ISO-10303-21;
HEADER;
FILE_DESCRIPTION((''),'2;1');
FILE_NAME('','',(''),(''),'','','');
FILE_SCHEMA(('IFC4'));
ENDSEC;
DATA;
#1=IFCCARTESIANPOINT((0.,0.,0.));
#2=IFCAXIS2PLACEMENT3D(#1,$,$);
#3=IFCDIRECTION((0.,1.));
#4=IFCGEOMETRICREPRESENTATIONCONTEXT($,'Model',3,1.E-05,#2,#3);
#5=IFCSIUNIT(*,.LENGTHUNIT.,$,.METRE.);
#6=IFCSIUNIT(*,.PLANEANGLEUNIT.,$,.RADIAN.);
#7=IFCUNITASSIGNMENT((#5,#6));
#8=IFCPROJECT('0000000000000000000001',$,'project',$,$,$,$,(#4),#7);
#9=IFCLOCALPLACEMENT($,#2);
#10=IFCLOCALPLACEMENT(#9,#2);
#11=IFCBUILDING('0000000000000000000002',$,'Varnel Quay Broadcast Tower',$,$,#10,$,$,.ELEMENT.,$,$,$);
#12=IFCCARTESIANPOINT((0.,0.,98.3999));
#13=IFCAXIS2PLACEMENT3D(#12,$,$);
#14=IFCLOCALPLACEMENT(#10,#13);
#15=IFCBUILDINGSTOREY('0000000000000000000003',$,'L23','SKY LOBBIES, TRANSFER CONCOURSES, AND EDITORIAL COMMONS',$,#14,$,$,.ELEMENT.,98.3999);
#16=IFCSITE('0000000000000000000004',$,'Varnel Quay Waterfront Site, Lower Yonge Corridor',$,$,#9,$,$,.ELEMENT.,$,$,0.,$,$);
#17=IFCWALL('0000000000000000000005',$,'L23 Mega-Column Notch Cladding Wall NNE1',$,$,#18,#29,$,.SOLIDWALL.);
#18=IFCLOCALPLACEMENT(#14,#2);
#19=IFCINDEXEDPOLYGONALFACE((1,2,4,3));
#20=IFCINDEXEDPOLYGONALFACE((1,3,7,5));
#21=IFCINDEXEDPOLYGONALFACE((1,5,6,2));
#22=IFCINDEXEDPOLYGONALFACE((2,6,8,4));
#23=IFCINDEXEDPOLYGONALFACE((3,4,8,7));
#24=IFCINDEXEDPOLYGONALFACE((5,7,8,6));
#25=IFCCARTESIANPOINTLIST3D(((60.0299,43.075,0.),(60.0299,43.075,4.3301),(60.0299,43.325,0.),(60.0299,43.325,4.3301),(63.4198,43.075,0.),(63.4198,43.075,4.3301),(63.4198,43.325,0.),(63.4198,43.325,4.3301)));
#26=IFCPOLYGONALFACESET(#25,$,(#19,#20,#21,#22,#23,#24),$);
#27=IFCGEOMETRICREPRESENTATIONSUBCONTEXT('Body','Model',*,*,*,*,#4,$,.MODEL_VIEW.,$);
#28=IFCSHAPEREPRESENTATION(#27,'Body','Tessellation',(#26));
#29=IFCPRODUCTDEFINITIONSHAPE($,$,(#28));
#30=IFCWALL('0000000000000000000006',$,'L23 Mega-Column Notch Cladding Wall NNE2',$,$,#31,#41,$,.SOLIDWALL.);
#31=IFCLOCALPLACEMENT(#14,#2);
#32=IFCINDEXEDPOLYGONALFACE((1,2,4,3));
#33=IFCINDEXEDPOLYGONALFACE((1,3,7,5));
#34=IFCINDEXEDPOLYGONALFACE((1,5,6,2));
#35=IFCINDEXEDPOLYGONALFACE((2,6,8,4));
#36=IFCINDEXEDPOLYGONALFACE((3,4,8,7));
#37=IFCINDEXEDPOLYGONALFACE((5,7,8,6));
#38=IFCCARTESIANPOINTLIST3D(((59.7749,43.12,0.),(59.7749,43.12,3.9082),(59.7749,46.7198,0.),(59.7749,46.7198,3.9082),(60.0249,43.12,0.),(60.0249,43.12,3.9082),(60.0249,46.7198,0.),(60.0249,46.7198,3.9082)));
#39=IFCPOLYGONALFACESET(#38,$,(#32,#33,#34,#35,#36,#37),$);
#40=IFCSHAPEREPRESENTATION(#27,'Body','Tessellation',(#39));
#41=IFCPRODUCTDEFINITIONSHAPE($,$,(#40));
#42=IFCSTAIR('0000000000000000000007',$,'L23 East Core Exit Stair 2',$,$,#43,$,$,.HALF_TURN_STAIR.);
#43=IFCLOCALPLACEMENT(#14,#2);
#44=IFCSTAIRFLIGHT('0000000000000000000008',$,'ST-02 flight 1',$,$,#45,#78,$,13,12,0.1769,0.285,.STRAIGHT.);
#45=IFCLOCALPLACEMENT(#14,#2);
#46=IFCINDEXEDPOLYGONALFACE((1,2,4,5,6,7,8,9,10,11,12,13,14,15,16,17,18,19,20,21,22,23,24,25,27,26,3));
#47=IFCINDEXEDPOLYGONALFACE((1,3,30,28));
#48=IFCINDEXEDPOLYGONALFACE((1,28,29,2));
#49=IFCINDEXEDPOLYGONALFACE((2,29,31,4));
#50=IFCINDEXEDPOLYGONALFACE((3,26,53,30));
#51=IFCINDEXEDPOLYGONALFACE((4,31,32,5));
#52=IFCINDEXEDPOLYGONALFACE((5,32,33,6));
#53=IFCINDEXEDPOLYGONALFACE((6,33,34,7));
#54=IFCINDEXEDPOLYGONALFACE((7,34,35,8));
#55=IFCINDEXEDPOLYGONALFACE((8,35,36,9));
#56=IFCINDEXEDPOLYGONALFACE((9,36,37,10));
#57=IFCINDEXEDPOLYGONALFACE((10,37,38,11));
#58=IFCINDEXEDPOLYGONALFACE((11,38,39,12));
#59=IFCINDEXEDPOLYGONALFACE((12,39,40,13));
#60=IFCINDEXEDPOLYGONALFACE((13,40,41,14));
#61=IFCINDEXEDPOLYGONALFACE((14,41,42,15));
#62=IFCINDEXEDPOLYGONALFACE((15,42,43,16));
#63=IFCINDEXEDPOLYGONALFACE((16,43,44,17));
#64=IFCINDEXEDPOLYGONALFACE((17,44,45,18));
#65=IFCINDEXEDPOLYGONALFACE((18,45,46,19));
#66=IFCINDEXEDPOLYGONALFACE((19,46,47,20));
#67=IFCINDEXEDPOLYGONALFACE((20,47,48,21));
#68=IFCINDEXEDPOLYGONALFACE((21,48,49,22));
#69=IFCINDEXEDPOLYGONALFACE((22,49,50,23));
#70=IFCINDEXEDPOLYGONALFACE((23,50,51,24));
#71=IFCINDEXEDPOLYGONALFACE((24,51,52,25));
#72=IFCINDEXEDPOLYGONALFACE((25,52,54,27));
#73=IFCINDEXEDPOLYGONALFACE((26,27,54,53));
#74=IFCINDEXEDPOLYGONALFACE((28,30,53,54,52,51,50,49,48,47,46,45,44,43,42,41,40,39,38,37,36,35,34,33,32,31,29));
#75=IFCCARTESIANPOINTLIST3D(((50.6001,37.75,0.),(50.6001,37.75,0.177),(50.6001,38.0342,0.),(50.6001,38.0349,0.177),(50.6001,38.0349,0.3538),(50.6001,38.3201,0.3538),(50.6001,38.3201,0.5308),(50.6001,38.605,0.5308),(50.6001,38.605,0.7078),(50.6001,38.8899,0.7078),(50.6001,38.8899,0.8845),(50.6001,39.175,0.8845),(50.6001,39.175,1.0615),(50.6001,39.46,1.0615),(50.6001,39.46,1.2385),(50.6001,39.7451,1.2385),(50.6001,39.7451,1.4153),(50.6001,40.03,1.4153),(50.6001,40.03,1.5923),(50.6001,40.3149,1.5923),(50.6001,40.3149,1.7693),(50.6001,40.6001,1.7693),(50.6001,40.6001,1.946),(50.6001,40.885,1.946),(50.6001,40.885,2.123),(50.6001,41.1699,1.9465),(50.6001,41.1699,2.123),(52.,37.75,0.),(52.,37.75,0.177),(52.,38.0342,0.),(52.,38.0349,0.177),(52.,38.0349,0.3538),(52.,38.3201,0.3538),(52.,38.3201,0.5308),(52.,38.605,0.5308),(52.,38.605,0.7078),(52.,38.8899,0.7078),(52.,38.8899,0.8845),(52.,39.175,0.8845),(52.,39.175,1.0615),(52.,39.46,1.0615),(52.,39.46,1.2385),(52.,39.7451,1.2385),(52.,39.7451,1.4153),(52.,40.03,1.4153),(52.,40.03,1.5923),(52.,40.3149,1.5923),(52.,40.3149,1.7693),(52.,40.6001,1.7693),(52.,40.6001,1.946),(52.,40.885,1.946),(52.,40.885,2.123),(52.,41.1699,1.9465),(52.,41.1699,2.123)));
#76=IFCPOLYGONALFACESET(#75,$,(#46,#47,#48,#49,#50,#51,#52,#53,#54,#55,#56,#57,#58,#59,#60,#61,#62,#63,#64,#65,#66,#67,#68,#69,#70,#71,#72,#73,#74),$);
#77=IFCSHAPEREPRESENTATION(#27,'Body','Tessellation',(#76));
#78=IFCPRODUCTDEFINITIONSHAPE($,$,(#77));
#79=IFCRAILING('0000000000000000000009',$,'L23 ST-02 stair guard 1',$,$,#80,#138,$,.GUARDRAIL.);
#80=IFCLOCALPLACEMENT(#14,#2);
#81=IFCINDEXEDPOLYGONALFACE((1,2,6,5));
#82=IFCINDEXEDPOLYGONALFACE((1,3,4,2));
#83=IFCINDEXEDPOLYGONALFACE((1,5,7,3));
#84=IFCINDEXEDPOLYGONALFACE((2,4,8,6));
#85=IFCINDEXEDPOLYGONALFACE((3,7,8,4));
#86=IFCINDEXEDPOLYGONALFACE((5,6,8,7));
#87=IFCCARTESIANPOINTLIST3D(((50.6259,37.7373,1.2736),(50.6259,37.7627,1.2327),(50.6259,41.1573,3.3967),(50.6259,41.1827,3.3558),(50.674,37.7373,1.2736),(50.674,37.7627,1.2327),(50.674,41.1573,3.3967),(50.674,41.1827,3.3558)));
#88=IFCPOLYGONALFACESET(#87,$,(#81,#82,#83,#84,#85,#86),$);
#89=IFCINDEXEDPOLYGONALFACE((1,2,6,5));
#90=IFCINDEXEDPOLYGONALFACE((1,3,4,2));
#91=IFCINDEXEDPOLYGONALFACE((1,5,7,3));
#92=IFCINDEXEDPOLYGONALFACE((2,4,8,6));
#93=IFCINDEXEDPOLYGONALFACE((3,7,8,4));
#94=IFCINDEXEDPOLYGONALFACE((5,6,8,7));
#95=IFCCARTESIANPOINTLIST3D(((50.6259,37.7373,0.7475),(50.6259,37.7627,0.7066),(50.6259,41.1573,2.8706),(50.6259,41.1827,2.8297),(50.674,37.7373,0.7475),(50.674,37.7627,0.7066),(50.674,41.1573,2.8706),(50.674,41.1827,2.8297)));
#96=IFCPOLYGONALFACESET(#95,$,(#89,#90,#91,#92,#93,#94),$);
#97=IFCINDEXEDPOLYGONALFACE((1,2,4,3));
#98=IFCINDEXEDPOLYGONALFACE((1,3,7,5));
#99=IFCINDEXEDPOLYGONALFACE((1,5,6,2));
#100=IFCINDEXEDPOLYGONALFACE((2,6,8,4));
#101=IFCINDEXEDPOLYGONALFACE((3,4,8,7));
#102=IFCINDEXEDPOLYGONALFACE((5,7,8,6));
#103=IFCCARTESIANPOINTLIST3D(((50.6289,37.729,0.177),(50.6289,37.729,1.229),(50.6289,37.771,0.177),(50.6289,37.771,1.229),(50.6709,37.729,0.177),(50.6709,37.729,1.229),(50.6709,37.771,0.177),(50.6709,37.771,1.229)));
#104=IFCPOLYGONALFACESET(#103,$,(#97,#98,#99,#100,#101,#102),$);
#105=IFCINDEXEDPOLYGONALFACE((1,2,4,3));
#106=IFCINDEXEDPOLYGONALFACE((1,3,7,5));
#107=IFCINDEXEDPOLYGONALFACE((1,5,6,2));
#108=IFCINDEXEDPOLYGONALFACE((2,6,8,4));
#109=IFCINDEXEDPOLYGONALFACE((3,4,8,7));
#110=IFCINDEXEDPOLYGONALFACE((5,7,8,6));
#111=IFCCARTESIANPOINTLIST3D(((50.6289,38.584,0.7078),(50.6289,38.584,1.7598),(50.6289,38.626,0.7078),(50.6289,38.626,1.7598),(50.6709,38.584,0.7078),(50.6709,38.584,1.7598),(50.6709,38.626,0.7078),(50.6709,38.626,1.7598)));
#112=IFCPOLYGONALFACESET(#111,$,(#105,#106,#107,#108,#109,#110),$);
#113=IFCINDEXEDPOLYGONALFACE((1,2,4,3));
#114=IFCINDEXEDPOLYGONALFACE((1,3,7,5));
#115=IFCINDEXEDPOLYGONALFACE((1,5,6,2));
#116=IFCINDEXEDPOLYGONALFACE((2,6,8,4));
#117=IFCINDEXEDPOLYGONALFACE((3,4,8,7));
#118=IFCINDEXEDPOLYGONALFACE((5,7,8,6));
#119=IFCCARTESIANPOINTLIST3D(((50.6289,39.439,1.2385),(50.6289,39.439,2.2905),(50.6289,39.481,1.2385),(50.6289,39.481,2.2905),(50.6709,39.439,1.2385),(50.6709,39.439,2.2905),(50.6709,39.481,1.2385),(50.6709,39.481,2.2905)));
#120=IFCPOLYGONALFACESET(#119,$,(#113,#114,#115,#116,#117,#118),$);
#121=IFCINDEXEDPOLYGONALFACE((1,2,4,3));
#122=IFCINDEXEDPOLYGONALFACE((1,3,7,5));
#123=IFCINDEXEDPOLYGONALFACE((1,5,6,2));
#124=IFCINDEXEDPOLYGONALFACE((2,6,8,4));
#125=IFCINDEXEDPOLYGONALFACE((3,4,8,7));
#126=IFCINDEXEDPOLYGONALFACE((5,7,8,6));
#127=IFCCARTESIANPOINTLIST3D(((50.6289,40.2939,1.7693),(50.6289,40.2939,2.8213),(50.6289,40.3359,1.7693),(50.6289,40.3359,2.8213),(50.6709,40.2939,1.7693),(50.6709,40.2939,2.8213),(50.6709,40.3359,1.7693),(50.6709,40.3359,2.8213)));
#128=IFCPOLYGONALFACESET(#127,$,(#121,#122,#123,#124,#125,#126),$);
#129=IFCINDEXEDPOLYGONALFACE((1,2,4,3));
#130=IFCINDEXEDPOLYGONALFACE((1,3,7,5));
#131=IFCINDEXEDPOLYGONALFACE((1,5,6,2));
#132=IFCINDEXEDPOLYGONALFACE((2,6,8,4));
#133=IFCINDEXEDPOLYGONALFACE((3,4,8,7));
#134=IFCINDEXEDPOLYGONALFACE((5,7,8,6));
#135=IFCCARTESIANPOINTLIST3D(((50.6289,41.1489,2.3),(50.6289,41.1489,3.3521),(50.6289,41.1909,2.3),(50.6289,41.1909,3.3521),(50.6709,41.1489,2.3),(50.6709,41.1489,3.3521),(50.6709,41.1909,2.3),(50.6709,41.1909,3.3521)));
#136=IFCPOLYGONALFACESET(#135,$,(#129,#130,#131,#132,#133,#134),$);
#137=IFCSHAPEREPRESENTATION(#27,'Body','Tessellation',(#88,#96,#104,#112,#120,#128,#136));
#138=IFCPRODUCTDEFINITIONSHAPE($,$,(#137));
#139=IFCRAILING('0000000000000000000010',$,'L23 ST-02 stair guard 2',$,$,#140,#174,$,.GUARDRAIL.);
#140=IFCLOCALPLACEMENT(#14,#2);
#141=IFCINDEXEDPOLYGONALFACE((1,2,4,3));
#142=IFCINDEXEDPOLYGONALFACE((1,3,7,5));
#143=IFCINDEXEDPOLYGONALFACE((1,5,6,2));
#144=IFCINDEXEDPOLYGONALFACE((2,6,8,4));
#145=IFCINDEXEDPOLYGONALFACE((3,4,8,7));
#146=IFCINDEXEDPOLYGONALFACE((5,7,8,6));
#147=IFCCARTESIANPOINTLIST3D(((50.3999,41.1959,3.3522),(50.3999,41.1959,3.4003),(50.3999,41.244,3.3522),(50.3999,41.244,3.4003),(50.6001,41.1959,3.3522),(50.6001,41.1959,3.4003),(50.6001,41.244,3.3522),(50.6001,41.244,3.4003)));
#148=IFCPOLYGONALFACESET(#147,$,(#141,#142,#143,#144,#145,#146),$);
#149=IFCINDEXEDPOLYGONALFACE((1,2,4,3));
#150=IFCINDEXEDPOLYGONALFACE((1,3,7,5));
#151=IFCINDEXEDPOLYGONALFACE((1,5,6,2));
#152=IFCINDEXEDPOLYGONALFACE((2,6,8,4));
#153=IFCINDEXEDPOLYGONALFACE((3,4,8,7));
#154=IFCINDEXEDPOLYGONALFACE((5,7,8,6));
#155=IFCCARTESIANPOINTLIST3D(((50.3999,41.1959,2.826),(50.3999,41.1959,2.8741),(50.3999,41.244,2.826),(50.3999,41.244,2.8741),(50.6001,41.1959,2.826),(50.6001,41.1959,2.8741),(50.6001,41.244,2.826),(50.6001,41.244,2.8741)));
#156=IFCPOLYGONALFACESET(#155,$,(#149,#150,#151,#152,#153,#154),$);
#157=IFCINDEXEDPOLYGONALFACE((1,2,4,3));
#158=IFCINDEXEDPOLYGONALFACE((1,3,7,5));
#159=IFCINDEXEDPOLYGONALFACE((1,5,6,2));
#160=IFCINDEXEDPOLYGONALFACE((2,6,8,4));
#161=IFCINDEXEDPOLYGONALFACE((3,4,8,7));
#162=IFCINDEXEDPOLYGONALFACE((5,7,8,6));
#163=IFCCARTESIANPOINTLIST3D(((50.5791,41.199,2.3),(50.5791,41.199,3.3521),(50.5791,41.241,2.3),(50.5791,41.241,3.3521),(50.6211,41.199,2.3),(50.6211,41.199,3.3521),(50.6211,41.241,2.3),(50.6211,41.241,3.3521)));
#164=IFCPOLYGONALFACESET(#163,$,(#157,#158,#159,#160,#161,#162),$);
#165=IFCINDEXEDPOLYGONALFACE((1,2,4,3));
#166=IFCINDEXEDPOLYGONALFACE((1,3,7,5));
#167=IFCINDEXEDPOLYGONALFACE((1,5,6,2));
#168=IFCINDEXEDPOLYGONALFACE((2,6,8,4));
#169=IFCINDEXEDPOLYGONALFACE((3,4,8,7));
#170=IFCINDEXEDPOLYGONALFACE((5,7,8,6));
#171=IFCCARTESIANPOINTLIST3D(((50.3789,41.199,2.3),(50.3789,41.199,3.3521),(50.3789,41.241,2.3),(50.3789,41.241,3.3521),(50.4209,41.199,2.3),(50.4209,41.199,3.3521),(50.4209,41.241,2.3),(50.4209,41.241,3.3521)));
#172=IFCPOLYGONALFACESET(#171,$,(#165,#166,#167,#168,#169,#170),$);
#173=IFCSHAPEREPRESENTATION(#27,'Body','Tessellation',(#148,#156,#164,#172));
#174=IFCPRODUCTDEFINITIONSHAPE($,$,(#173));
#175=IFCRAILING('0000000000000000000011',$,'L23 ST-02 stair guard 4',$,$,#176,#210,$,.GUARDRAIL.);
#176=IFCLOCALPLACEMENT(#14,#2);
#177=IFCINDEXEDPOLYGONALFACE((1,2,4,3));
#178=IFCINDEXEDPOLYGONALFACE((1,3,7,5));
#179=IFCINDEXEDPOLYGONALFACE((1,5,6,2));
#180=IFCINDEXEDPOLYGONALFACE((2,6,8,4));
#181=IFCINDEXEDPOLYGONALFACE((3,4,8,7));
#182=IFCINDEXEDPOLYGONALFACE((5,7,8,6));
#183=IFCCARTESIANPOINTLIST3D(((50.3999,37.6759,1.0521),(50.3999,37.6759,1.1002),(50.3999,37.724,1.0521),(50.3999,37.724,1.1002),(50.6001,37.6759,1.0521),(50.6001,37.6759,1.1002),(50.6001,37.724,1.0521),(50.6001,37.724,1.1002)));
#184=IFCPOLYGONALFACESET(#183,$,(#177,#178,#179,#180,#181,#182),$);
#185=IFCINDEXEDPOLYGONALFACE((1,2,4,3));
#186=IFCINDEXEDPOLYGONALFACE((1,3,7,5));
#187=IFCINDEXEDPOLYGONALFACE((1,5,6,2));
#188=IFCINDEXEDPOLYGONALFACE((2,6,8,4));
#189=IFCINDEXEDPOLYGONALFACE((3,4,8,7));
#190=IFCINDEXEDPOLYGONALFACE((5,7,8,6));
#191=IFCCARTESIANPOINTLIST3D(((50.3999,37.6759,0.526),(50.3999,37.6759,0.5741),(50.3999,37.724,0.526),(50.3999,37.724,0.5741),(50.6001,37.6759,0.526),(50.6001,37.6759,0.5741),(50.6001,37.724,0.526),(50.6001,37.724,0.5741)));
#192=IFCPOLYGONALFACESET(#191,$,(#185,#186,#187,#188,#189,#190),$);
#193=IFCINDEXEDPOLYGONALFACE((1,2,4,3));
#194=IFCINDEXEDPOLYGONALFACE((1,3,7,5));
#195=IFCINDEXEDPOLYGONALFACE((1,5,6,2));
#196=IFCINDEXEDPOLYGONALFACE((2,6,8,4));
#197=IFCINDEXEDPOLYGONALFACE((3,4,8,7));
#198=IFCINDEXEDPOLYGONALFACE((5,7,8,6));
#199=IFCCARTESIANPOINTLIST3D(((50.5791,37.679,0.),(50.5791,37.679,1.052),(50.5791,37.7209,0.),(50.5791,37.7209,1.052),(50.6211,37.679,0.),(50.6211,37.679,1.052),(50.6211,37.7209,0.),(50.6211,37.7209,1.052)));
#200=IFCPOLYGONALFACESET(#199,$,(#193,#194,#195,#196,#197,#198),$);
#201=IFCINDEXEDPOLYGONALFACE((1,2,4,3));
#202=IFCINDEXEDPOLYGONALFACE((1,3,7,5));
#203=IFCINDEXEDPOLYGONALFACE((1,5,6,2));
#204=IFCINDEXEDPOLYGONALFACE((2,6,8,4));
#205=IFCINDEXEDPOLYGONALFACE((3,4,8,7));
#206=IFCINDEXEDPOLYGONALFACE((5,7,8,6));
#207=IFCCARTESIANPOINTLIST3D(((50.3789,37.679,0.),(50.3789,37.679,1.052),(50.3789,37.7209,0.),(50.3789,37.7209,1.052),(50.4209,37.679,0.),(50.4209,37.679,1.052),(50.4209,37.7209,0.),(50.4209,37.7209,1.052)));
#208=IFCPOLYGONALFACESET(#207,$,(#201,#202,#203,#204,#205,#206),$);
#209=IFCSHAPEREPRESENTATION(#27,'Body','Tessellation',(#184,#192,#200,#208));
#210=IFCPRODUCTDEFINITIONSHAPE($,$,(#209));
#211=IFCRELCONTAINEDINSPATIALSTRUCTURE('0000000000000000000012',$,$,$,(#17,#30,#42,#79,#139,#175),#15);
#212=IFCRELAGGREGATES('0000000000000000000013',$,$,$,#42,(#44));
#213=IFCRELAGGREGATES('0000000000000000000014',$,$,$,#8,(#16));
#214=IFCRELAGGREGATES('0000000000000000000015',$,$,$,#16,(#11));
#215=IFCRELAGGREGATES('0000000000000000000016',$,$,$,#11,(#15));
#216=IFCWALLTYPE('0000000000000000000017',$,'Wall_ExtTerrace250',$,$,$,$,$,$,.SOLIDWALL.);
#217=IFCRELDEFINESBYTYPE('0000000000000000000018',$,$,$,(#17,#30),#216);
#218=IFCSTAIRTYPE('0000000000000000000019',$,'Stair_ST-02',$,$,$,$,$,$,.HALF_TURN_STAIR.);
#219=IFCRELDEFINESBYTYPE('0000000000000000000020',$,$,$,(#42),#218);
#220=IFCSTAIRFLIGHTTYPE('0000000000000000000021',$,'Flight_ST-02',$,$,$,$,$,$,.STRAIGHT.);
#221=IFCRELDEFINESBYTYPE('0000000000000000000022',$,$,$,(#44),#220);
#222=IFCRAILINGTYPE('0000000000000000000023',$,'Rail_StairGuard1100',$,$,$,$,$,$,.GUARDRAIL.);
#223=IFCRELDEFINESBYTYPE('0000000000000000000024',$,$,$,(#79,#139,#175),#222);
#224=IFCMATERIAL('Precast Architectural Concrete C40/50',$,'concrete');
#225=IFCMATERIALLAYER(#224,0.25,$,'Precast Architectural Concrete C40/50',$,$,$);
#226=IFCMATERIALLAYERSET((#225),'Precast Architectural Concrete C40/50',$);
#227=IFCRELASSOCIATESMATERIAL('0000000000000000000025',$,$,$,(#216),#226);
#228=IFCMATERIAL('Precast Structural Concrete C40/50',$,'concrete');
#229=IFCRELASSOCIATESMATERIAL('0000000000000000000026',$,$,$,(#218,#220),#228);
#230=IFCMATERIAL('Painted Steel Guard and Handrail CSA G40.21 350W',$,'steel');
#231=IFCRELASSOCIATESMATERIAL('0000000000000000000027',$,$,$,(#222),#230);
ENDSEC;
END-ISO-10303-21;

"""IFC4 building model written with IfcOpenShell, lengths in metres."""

from ifc_helpers import new_model, si_unit, direction, frame, frame_2d, origin, origin_2d, place, context, subcontext, project, spatial, polyline, rectangle, outline, extrude, material, layer, layer_set, type_object, element, aggregate, save


model = new_model("IFC4")

# Units and contexts
model_context = context("Model", 3, precision=1e-05, world=origin(), true_north=direction((0.0, 1.0)))
body_context = subcontext(model_context, "Body", "Model", "MODEL_VIEW")
ifc_project = project(units=[si_unit("LENGTHUNIT", "METRE"), si_unit("PLANEANGLEUNIT", "RADIAN")], contexts=[model_context])

# Site, building, storey
site_placement = place(None, origin())
site = spatial("IfcSite", under=ifc_project, at=site_placement, Name="Varnel Quay Waterfront Site, Lower Yonge Corridor", CompositionType="ELEMENT", RefElevation=0.0)
building_placement = place(site_placement, origin())
building = spatial("IfcBuilding", under=site, at=building_placement, Name="Varnel Quay Broadcast Tower", CompositionType="ELEMENT")
storey_placement = place(building_placement, frame((0.0, 0.0, 98.3999)))
storey = spatial("IfcBuildingStorey", under=building, at=storey_placement, Name="L23", Description="SKY LOBBIES, TRANSFER CONCOURSES, AND EDITORIAL COMMONS", CompositionType="ELEMENT", Elevation=98.3999)

# Walls
ifc_material_1 = material(Name="Precast Architectural Concrete C40/50", Category="concrete")
ifc_layer_1 = layer(ifc_material_1, 0.25, Name="Precast Architectural Concrete C40/50")
ifc_layer_set_1 = layer_set([ifc_layer_1], Name="Precast Architectural Concrete C40/50")
wall_type_1 = type_object("IfcWallType", Name="Wall_ExtTerrace250", PredefinedType="SOLIDWALL", material=ifc_layer_set_1)
wall_1_placement = place(storey_placement, frame((60.03, 43.2, 0.0), z_axis=(0.0, 0.0, 1.0), x_axis=(1.0, 0.0, 0.0)))
element("IfcWall", 1, at=wall_1_placement, inside=storey, type_object=wall_type_1, Name="L23 Mega-Column Notch Cladding Wall NNE1", PredefinedType="SOLIDWALL", context=body_context, shape_type="SweptSolid", body=[
    extrude(rectangle(XDim=3.3899, YDim=0.25, at=frame_2d((1.6948, 0.0))), origin(), (0.0, 0.0, 1.0), 4.3301),
])
wall_2_placement = place(storey_placement, frame((59.8999, 43.1201, 0.0), z_axis=(0.0, 0.0, 1.0), x_axis=(0.0, 1.0, 0.0)))
element("IfcWall", 2, at=wall_2_placement, inside=storey, type_object=wall_type_1, Name="L23 Mega-Column Notch Cladding Wall NNE2", PredefinedType="SOLIDWALL", context=body_context, shape_type="SweptSolid", body=[
    extrude(rectangle(XDim=3.5999, YDim=0.25, at=frame_2d((1.7998, 0.0))), origin(), (0.0, 0.0, 1.0), 3.9082),
])

# Stair, stair flight
ifc_material_2 = material(Name="Precast Structural Concrete C40/50", Category="concrete")
stair_type = type_object("IfcStairType", Name="Stair_ST-02", PredefinedType="HALF_TURN_STAIR", material=ifc_material_2)
stair_placement = place(storey_placement, origin())
stair = element("IfcStair", 3, at=stair_placement, inside=storey, type_object=stair_type, Name="L23 East Core Exit Stair 2", PredefinedType="HALF_TURN_STAIR")
stair_flight_type = type_object("IfcStairFlightType", Name="Flight_ST-02", PredefinedType="STRAIGHT", material=ifc_material_2)
stair_flight_placement = place(storey_placement, frame((51.3, 37.75, 0.0), z_axis=(0.0, 0.0, 1.0), x_axis=(0.0, 1.0, 0.0)))
stair_flight = element("IfcStairFlight", 4, at=stair_flight_placement, type_object=stair_flight_type, Name="ST-02 flight 1", NumberOfRisers=13, NumberOfTreads=12, PredefinedType="STRAIGHT", RiserHeight=0.1769, TreadLength=0.285, context=body_context, shape_type="SweptSolid", body=[
    extrude(outline(polyline([(0.0, 0.0), (0.0, 0.177), (0.2849, 0.177), (0.2849, 0.3538), (0.5701, 0.3538), (0.5701, 0.5308), (0.855, 0.5308), (0.855, 0.7078), (1.1399, 0.7078), (1.1399, 0.8845), (1.425, 0.8845), (1.425, 1.0615), (1.71, 1.0615), (1.71, 1.2385), (1.9951, 1.2385), (1.9951, 1.4153), (2.28, 1.4153), (2.28, 1.5923), (2.5649, 1.5923), (2.5649, 1.7693), (2.8501, 1.7693), (2.8501, 1.946), (3.135, 1.946), (3.135, 2.123), (3.4199, 2.123), (3.4199, 2.3), (3.4199, 1.9465), (0.2842, 0.0), (0.0, 0.0)])), frame((0.0, 0.7, 0.0), z_axis=(0.0, -1.0, 0.0), x_axis=(1.0, 0.0, 0.0)), (0.0, 0.0, 1.0), 1.3999),
])
aggregate(stair, [stair_flight])

# Railings
ifc_material_3 = material(Name="Painted Steel Guard and Handrail CSA G40.21 350W", Category="steel")
railing_type_1 = type_object("IfcRailingType", Name="Rail_StairGuard1100", PredefinedType="GUARDRAIL", material=ifc_material_3)
railing_1_placement = place(storey_placement, frame((50.6499, 37.75, 0.177)))
element("IfcRailing", 5, at=railing_1_placement, inside=storey, type_object=railing_type_1, Name="L23 ST-02 stair guard 1", PredefinedType="GUARDRAIL", context=body_context, shape_type="SweptSolid", body=[
    extrude(rectangle(XDim=0.0481, YDim=0.0481, at=origin_2d()), frame((0.0, 0.0, 1.0762), z_axis=(0.0, 0.849603, 0.527423), x_axis=(-1.0, 0.0, 0.0)), (0.0, 0.0, 1.0), 4.0254),
    extrude(rectangle(XDim=0.0481, YDim=0.0481, at=origin_2d()), frame((0.0, 0.0, 0.55), z_axis=(0.0, 0.849603, 0.527423), x_axis=(-1.0, 0.0, 0.0)), (0.0, 0.0, 1.0), 4.0254),
    extrude(rectangle(XDim=0.042, YDim=0.042, at=origin_2d()), origin(), (0.0, 0.0, 1.0), 1.052),
    extrude(rectangle(XDim=0.042, YDim=0.042, at=origin_2d()), frame((0.0, 0.855, 0.5308)), (0.0, 0.0, 1.0), 1.052),
    extrude(rectangle(XDim=0.042, YDim=0.042, at=origin_2d()), frame((0.0, 1.71, 1.0615)), (0.0, 0.0, 1.0), 1.052),
    extrude(rectangle(XDim=0.042, YDim=0.042, at=origin_2d()), frame((0.0, 2.5649, 1.5923)), (0.0, 0.0, 1.0), 1.052),
    extrude(rectangle(XDim=0.042, YDim=0.042, at=origin_2d()), frame((0.0, 3.4199, 2.123)), (0.0, 0.0, 1.0), 1.052),
])
for number, where, name in (
    (6, (50.6001, 41.22, 2.3), "L23 ST-02 stair guard 2"),
    (7, (50.6001, 37.7, 0.0), "L23 ST-02 stair guard 4"),
):
    element("IfcRailing", number, at=place(storey_placement, frame(where)), inside=storey, type_object=railing_type_1, Name=name, PredefinedType="GUARDRAIL", context=body_context, shape_type="SweptSolid", body=[
        extrude(rectangle(XDim=0.0481, YDim=0.0481, at=origin_2d()), frame((0.0, 0.0, 1.0762), z_axis=(-1.0, 0.0, 0.0), x_axis=(0.0, -1.0, 0.0)), (0.0, 0.0, 1.0), 0.2002),
        extrude(rectangle(XDim=0.0481, YDim=0.0481, at=origin_2d()), frame((0.0, 0.0, 0.55), z_axis=(-1.0, 0.0, 0.0), x_axis=(0.0, -1.0, 0.0)), (0.0, 0.0, 1.0), 0.2002),
        extrude(rectangle(XDim=0.042, YDim=0.042, at=origin_2d()), origin(), (0.0, 0.0, 1.0), 1.052),
        extrude(rectangle(XDim=0.042, YDim=0.042, at=origin_2d()), frame((-0.2002, 0.0, 0.0)), (0.0, 0.0, 1.0), 1.052),
    ])

save(model, "model.ifc")
